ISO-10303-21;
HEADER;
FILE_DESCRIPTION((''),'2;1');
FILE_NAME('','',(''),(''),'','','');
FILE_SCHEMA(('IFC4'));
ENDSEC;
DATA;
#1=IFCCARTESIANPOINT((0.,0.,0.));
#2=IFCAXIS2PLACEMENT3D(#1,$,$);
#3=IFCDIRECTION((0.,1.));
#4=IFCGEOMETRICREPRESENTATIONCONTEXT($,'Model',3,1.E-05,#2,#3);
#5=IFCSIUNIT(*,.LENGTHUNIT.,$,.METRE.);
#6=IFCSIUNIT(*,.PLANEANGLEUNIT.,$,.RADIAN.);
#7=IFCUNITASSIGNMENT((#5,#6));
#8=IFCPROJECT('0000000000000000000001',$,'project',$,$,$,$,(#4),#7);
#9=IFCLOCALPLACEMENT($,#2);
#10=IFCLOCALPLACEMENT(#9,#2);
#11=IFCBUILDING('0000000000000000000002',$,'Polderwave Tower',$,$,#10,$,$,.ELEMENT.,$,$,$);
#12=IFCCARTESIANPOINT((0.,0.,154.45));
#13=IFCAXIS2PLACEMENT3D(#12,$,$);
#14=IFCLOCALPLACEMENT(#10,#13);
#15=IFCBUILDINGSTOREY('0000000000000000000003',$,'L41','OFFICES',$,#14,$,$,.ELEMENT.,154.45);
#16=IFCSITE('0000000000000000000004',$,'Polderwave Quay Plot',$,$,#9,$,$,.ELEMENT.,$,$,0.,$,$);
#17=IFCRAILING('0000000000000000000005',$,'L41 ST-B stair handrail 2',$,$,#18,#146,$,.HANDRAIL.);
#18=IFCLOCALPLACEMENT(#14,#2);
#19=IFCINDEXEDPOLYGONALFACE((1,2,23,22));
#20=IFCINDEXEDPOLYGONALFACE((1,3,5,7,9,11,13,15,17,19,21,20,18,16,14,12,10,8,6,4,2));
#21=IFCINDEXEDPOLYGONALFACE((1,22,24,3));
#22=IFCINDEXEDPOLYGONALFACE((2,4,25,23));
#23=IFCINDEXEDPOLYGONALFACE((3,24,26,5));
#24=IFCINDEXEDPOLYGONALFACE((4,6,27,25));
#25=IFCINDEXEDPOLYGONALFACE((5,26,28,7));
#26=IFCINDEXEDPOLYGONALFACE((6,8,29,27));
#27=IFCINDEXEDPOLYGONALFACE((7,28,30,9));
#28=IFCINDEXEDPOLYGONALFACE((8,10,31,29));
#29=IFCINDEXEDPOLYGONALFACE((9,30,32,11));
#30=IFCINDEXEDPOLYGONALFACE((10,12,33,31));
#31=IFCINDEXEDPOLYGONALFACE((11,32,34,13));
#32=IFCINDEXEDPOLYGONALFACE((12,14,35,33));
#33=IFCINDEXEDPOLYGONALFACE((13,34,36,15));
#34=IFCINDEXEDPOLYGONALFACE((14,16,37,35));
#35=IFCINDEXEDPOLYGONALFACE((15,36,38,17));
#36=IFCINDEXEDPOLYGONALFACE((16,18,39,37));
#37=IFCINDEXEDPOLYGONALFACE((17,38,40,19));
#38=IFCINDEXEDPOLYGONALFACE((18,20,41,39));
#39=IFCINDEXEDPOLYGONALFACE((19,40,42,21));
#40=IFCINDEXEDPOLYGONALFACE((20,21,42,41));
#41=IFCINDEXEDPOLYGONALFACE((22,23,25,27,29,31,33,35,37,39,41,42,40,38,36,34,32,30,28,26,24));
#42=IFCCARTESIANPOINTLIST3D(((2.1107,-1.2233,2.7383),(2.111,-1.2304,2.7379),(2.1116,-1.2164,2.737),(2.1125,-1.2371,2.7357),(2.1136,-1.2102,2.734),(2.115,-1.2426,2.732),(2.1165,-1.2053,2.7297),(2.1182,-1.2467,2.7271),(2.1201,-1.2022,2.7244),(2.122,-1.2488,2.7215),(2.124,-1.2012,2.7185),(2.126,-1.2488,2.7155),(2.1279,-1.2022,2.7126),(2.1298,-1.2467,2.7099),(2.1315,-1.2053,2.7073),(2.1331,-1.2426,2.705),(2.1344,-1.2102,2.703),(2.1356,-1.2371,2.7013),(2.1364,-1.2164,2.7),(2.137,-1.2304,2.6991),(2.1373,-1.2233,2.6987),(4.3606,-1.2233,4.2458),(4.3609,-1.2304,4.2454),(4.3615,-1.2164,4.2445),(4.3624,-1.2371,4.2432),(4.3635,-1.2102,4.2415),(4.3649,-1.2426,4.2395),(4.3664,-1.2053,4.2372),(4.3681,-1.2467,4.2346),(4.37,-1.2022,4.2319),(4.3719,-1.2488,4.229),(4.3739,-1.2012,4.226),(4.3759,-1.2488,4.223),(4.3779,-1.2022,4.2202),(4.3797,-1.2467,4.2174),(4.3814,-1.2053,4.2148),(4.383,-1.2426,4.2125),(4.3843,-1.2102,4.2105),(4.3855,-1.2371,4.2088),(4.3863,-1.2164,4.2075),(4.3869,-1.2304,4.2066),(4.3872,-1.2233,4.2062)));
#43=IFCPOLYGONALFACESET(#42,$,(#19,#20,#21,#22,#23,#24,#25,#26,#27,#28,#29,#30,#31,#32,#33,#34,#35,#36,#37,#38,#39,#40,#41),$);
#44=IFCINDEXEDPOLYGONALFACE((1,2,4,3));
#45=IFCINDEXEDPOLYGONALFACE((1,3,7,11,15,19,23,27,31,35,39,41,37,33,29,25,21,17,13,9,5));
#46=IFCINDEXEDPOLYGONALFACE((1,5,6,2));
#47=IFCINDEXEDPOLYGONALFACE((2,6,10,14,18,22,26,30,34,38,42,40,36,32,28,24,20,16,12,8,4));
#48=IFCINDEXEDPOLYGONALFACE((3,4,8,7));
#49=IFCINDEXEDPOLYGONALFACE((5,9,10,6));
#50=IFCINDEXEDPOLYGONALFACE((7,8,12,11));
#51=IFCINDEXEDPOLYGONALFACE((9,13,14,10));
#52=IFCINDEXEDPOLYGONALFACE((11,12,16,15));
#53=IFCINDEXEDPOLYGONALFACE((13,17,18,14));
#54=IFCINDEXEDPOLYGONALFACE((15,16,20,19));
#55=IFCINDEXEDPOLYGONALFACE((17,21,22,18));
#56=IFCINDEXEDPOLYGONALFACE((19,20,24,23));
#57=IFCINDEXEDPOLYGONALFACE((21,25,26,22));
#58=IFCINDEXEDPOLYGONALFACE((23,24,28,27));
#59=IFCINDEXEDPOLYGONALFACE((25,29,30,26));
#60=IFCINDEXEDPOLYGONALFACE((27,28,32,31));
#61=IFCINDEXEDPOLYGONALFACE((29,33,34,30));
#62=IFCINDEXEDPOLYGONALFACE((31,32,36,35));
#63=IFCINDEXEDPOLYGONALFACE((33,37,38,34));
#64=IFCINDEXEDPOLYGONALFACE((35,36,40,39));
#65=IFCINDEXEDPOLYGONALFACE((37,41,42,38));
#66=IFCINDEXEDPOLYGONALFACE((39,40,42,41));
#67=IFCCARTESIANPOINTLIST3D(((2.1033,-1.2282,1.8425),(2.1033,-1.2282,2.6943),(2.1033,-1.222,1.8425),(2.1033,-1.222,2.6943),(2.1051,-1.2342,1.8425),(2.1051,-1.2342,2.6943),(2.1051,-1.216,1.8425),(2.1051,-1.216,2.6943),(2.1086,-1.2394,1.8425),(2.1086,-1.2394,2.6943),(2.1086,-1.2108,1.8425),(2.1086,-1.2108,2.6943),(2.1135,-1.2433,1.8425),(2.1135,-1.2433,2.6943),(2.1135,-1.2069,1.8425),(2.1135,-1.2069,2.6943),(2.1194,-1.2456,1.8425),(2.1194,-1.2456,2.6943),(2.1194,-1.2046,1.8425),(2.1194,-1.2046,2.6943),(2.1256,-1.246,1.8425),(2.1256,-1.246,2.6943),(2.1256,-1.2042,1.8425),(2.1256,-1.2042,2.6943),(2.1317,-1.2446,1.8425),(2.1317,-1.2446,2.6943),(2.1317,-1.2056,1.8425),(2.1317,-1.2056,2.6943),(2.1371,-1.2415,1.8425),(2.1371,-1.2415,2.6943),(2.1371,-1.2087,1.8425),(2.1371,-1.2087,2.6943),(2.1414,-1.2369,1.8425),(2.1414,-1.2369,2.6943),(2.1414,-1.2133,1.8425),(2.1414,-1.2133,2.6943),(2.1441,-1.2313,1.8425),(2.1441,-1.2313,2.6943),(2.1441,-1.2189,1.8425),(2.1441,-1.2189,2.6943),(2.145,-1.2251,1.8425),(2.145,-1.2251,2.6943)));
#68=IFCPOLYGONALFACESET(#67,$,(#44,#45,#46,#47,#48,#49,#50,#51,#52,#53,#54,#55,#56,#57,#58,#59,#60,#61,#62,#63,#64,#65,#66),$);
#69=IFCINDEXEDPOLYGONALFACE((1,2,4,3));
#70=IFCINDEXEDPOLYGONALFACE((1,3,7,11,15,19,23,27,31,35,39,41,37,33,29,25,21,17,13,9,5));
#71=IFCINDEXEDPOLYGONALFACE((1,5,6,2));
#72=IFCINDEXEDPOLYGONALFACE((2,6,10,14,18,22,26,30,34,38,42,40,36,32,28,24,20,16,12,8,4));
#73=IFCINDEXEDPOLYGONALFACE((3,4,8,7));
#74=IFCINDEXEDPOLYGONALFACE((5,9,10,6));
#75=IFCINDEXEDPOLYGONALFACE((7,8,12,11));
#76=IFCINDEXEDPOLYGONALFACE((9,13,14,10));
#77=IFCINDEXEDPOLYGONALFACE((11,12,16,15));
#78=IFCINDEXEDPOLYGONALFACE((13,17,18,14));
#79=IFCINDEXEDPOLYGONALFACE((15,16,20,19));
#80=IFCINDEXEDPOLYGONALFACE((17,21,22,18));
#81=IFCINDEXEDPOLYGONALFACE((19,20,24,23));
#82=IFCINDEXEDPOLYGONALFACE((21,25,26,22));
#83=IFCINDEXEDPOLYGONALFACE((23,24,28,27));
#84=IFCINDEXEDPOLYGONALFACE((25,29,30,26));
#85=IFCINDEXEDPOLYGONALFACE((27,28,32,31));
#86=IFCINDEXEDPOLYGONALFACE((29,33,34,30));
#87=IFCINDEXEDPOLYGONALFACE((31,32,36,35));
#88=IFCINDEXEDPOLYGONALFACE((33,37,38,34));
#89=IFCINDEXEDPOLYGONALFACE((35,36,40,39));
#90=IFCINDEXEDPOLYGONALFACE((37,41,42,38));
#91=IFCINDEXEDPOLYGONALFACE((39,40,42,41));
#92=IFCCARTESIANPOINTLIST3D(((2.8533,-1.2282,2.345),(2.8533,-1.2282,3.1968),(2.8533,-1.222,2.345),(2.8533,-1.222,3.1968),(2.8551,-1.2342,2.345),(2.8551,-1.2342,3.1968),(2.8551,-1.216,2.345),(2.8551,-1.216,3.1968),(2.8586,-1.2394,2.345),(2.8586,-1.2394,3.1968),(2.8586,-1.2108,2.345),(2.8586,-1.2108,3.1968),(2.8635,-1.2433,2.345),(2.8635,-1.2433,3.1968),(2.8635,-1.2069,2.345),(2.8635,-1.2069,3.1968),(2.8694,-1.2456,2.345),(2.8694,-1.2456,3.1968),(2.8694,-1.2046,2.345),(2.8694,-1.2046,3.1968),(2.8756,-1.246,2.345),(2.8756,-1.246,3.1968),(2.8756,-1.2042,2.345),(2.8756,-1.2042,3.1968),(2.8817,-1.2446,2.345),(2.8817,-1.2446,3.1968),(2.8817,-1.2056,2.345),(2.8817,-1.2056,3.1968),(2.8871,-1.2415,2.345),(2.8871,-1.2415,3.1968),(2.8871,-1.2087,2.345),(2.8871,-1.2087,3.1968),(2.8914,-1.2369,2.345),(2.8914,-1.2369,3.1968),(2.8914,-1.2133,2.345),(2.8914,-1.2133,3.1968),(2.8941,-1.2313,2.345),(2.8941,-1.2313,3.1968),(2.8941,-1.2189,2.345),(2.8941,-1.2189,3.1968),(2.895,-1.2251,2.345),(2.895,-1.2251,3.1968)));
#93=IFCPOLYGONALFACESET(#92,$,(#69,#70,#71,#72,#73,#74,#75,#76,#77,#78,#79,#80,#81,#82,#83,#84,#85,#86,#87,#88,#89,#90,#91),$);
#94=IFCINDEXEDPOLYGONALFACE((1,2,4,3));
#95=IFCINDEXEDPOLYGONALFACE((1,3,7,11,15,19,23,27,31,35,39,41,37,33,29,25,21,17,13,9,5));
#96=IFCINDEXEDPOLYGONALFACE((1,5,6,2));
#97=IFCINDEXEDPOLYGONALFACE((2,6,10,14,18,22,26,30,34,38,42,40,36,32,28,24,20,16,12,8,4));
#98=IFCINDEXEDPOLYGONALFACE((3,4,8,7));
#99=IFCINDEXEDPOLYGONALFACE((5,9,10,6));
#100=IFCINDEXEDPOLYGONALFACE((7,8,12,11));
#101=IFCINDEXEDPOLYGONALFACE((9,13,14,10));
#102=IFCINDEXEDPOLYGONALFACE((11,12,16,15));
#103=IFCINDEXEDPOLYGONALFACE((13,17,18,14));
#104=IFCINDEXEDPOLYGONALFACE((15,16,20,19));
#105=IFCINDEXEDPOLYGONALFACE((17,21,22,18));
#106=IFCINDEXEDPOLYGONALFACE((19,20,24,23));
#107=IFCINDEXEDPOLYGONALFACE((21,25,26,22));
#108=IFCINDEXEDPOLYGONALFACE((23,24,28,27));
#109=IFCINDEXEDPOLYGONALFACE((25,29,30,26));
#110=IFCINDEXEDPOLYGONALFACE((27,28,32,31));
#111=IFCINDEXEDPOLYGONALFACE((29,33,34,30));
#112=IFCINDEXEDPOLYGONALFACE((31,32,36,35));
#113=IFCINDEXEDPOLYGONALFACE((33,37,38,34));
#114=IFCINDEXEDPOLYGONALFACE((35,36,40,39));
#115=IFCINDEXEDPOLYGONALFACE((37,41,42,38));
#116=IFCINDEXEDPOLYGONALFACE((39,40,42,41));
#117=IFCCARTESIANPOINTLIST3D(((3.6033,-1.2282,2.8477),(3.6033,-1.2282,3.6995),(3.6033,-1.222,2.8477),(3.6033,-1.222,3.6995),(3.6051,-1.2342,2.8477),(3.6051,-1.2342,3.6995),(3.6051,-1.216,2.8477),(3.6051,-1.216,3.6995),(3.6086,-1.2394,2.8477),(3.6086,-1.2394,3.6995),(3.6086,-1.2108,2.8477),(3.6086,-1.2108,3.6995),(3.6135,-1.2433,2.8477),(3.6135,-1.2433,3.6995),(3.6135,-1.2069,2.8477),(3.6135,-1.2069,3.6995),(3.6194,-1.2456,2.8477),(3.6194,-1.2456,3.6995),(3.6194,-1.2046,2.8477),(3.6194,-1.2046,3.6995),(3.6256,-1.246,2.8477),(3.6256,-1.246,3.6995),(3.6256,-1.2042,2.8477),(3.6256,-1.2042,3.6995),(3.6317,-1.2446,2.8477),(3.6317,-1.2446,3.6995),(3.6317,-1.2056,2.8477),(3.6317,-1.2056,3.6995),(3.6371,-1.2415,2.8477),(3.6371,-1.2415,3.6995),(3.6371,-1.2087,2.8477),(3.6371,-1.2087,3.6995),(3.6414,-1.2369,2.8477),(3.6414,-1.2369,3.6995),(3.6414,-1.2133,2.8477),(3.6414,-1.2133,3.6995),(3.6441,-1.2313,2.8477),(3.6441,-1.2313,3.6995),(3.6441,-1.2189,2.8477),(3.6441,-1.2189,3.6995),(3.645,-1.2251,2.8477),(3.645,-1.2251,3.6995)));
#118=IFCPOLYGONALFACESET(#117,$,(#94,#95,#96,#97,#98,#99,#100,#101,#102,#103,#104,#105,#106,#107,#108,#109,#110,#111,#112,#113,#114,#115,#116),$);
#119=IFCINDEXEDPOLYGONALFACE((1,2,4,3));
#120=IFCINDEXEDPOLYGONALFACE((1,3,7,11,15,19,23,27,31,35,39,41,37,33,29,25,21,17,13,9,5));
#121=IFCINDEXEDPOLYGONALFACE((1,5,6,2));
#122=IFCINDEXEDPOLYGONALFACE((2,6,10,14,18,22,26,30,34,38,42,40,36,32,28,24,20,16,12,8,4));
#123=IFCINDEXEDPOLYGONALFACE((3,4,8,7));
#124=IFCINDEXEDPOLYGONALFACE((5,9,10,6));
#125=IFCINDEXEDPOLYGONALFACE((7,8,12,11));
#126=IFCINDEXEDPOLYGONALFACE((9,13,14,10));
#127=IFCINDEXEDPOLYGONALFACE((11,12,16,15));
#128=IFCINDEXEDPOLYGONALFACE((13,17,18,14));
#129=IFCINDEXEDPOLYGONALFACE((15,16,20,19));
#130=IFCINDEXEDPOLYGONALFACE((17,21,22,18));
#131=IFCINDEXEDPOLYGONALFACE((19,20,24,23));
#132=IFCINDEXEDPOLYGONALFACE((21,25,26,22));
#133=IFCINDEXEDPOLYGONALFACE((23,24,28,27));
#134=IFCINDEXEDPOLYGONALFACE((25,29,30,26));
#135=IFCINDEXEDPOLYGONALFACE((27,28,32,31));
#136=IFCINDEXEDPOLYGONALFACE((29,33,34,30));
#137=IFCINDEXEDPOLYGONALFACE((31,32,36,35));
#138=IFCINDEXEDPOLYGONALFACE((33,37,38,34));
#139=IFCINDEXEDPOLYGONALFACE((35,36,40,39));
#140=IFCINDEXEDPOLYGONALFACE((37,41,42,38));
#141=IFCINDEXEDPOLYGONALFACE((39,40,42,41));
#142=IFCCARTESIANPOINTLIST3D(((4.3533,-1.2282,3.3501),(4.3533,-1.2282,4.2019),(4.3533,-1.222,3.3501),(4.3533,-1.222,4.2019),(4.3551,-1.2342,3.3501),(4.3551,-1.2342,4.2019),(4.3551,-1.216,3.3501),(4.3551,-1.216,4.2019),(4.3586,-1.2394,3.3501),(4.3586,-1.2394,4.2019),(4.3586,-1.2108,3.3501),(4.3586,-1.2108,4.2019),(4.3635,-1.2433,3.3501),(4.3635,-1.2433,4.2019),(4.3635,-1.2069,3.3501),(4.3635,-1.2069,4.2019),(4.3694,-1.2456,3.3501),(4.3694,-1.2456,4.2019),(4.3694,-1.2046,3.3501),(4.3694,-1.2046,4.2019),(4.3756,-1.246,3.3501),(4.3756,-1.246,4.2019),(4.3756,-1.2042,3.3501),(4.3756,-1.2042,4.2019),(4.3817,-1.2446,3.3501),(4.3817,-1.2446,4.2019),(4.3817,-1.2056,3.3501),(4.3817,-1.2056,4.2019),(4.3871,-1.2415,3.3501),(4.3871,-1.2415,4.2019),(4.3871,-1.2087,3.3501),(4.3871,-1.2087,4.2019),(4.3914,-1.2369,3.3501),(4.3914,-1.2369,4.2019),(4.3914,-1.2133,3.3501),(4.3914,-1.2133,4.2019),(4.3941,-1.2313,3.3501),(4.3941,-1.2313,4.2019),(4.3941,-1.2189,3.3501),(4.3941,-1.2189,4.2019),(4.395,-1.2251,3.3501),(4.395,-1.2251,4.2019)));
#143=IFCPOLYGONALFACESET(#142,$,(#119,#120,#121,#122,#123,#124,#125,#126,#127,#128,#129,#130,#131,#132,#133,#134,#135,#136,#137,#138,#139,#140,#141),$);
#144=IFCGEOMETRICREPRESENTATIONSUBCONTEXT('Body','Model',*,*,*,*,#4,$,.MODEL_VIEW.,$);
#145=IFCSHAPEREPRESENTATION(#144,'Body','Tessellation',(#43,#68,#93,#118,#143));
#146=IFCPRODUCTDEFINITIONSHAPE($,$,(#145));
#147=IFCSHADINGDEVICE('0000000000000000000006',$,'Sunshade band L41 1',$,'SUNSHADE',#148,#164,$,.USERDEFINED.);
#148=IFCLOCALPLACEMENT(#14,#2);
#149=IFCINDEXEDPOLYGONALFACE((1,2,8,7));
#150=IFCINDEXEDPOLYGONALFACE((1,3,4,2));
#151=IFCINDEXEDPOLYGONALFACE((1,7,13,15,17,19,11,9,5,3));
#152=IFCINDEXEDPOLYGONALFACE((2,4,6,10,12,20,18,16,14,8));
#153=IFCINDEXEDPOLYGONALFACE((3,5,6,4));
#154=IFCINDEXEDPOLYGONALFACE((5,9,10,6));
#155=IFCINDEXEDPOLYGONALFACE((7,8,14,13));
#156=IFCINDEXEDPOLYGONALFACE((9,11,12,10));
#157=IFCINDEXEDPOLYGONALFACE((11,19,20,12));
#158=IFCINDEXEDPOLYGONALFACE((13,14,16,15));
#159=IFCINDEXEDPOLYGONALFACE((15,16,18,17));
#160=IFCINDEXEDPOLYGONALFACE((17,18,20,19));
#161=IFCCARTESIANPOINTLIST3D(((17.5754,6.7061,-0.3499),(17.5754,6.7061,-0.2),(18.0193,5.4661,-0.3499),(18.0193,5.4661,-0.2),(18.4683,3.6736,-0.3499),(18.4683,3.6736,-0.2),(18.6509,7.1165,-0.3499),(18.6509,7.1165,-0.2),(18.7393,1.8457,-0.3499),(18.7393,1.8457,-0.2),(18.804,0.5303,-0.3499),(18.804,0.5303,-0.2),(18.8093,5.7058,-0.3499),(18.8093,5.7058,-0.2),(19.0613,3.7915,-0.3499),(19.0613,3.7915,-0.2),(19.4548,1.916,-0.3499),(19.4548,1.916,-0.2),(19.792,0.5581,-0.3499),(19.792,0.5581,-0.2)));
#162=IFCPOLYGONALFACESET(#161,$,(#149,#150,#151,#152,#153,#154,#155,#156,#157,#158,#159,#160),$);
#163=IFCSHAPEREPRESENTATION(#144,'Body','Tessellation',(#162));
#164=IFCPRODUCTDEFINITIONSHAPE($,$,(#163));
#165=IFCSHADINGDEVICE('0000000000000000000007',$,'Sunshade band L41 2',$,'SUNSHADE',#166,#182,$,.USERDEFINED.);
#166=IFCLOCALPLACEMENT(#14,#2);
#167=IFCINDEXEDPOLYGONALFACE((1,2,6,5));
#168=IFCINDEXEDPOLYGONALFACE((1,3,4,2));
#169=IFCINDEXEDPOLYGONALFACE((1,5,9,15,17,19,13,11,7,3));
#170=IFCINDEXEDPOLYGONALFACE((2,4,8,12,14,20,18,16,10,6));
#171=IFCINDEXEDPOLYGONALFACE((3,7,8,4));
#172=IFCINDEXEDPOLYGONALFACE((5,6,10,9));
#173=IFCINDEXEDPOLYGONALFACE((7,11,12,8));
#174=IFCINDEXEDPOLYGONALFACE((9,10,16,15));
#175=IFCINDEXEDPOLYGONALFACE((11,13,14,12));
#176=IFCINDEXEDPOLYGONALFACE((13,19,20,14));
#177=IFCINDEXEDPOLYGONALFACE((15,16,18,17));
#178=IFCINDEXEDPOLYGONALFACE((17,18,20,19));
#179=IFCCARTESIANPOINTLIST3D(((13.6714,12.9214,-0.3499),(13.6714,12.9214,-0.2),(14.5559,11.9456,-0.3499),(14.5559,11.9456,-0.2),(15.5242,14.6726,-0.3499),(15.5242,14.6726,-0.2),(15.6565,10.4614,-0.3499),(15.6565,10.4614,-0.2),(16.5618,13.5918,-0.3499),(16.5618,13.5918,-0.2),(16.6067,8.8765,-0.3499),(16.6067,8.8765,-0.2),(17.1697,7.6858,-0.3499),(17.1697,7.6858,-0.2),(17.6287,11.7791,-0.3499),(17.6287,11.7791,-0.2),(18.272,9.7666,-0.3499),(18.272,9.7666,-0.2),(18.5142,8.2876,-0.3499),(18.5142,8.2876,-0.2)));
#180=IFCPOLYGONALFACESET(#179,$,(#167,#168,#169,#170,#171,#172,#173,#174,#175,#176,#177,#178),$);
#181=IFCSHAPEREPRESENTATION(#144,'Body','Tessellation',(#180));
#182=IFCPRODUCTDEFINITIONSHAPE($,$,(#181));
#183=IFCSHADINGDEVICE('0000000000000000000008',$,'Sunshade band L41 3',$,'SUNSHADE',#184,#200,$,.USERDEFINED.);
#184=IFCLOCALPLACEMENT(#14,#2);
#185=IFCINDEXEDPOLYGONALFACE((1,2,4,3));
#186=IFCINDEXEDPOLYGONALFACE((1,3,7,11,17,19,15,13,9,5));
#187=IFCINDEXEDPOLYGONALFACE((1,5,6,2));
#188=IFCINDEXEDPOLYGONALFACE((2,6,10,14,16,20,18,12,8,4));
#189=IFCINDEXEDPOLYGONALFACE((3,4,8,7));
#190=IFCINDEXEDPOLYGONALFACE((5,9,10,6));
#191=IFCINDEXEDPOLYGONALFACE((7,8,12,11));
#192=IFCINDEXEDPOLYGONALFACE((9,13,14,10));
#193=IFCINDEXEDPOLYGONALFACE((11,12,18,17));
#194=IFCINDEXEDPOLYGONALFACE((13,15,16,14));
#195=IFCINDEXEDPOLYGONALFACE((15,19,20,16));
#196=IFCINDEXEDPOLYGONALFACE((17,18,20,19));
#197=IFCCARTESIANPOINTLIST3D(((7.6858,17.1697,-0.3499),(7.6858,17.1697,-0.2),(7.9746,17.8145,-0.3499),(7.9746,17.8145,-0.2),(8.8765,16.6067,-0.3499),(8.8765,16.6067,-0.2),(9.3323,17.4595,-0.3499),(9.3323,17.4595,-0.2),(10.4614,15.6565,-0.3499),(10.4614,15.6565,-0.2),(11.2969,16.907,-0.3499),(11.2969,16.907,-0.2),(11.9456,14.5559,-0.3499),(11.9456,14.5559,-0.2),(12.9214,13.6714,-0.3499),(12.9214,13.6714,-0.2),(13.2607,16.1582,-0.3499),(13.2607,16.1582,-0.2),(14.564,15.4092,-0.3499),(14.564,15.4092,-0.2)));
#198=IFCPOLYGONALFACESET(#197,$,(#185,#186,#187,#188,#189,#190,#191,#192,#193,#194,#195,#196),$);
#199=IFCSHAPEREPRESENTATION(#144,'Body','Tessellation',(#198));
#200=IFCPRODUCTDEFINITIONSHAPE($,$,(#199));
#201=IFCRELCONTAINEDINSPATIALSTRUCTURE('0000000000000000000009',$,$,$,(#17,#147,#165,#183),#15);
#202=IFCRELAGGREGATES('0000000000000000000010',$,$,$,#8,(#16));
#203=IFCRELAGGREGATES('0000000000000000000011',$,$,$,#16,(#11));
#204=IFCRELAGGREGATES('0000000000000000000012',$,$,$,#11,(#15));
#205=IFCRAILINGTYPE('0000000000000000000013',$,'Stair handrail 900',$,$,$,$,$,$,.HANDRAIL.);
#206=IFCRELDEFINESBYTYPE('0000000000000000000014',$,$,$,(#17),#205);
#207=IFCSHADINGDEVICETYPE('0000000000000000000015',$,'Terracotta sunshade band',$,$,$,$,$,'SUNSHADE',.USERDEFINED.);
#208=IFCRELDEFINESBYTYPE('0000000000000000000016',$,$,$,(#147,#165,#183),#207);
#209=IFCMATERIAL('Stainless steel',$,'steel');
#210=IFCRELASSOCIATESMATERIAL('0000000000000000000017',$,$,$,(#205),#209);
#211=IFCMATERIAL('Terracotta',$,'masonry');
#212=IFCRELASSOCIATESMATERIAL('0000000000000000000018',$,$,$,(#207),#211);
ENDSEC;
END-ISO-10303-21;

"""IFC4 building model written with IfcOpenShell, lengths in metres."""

from ifc_helpers import new_model, si_unit, direction, frame, origin, origin_2d, place, context, subcontext, project, spatial, polyline, circle, outline, extrude, material, type_object, element, save


model = new_model("IFC4")

# Units and contexts
model_context = context("Model", 3, precision=1e-05, world=origin(), true_north=direction((0.0, 1.0)))
body_context = subcontext(model_context, "Body", "Model", "MODEL_VIEW")
ifc_project = project(units=[si_unit("LENGTHUNIT", "METRE"), si_unit("PLANEANGLEUNIT", "RADIAN")], contexts=[model_context])

# Site, building, storey
site_placement = place(None, origin())
site = spatial("IfcSite", under=ifc_project, at=site_placement, Name="Polderwave Quay Plot", CompositionType="ELEMENT", RefElevation=0.0)
building_placement = place(site_placement, origin())
building = spatial("IfcBuilding", under=site, at=building_placement, Name="Polderwave Tower", CompositionType="ELEMENT")
storey_placement = place(building_placement, frame((0.0, 0.0, 154.45)))
storey = spatial("IfcBuildingStorey", under=building, at=storey_placement, Name="L41", Description="OFFICES", CompositionType="ELEMENT", Elevation=154.45)

# Railing
ifc_material_1 = material(Name="Stainless steel", Category="steel")
railing_type_1 = type_object("IfcRailingType", Name="Stair handrail 900", PredefinedType="HANDRAIL", material=ifc_material_1)
railing_1_placement = place(storey_placement, frame((2.124, -1.2251, 1.8425)))
element("IfcRailing", 1, at=railing_1_placement, inside=storey, type_object=railing_type_1, Name="L41 ST-B stair handrail 2", PredefinedType="HANDRAIL", context=body_context, shape_type="SweptSolid", body=[
    extrude(circle(Radius=0.0239, at=origin_2d()), frame((0.0, 0.0, 0.876), z_axis=(0.830758, 0.0, 0.556633), x_axis=(0.0, 1.0, 0.0)), (0.0, 0.0, 1.0), 2.7083),
    extrude(circle(Radius=0.021, at=origin_2d()), origin(), (0.0, 0.0, 1.0), 0.8518),
    extrude(circle(Radius=0.021, at=origin_2d()), frame((0.75, 0.0, 0.5024)), (0.0, 0.0, 1.0), 0.8518),
    extrude(circle(Radius=0.021, at=origin_2d()), frame((1.5, 0.0, 1.0051)), (0.0, 0.0, 1.0), 0.8518),
    extrude(circle(Radius=0.021, at=origin_2d()), frame((2.25, 0.0, 1.5076)), (0.0, 0.0, 1.0), 0.8518),
])

# Shading devices
ifc_material_2 = material(Name="Terracotta", Category="masonry")
shading_device_type = type_object("IfcShadingDeviceType", Name="Terracotta sunshade band", ElementType="SUNSHADE", PredefinedType="USERDEFINED", material=ifc_material_2)
shading_device_1_placement = place(storey_placement, frame((0.0, 0.0, -0.3499)))
element("IfcShadingDevice", 2, at=shading_device_1_placement, inside=storey, type_object=shading_device_type, Name="Sunshade band L41 1", ObjectType="SUNSHADE", PredefinedType="USERDEFINED", context=body_context, shape_type="SweptSolid", body=[
    extrude(outline(polyline([(18.804, 0.5303), (18.7393, 1.8457), (18.4683, 3.6736), (18.0193, 5.4661), (17.5754, 6.7061), (18.6509, 7.1165), (18.8093, 5.7058), (19.0613, 3.7915), (19.4548, 1.916), (19.792, 0.5581), (18.804, 0.5303)])), origin(), (0.0, 0.0, 1.0), 0.1499),
])
shading_device_2_placement = place(storey_placement, frame((0.0, 0.0, -0.3499)))
element("IfcShadingDevice", 3, at=shading_device_2_placement, inside=storey, type_object=shading_device_type, Name="Sunshade band L41 2", ObjectType="SUNSHADE", PredefinedType="USERDEFINED", context=body_context, shape_type="SweptSolid", body=[
    extrude(outline(polyline([(17.1697, 7.6858), (16.6067, 8.8765), (15.6565, 10.4614), (14.5559, 11.9456), (13.6714, 12.9214), (15.5242, 14.6726), (16.5618, 13.5918), (17.6287, 11.7791), (18.272, 9.7666), (18.5142, 8.2876), (17.1697, 7.6858)])), origin(), (0.0, 0.0, 1.0), 0.1499),
])
shading_device_3_placement = place(storey_placement, frame((0.0, 0.0, -0.3499)))
element("IfcShadingDevice", 4, at=shading_device_3_placement, inside=storey, type_object=shading_device_type, Name="Sunshade band L41 3", ObjectType="SUNSHADE", PredefinedType="USERDEFINED", context=body_context, shape_type="SweptSolid", body=[
    extrude(outline(polyline([(12.9214, 13.6714), (11.9456, 14.5559), (10.4614, 15.6565), (8.8765, 16.6067), (7.6858, 17.1697), (7.9746, 17.8145), (9.3323, 17.4595), (11.2969, 16.907), (13.2607, 16.1582), (14.564, 15.4092), (12.9214, 13.6714)])), origin(), (0.0, 0.0, 1.0), 0.1499),
])

save(model, "model.ifc")
